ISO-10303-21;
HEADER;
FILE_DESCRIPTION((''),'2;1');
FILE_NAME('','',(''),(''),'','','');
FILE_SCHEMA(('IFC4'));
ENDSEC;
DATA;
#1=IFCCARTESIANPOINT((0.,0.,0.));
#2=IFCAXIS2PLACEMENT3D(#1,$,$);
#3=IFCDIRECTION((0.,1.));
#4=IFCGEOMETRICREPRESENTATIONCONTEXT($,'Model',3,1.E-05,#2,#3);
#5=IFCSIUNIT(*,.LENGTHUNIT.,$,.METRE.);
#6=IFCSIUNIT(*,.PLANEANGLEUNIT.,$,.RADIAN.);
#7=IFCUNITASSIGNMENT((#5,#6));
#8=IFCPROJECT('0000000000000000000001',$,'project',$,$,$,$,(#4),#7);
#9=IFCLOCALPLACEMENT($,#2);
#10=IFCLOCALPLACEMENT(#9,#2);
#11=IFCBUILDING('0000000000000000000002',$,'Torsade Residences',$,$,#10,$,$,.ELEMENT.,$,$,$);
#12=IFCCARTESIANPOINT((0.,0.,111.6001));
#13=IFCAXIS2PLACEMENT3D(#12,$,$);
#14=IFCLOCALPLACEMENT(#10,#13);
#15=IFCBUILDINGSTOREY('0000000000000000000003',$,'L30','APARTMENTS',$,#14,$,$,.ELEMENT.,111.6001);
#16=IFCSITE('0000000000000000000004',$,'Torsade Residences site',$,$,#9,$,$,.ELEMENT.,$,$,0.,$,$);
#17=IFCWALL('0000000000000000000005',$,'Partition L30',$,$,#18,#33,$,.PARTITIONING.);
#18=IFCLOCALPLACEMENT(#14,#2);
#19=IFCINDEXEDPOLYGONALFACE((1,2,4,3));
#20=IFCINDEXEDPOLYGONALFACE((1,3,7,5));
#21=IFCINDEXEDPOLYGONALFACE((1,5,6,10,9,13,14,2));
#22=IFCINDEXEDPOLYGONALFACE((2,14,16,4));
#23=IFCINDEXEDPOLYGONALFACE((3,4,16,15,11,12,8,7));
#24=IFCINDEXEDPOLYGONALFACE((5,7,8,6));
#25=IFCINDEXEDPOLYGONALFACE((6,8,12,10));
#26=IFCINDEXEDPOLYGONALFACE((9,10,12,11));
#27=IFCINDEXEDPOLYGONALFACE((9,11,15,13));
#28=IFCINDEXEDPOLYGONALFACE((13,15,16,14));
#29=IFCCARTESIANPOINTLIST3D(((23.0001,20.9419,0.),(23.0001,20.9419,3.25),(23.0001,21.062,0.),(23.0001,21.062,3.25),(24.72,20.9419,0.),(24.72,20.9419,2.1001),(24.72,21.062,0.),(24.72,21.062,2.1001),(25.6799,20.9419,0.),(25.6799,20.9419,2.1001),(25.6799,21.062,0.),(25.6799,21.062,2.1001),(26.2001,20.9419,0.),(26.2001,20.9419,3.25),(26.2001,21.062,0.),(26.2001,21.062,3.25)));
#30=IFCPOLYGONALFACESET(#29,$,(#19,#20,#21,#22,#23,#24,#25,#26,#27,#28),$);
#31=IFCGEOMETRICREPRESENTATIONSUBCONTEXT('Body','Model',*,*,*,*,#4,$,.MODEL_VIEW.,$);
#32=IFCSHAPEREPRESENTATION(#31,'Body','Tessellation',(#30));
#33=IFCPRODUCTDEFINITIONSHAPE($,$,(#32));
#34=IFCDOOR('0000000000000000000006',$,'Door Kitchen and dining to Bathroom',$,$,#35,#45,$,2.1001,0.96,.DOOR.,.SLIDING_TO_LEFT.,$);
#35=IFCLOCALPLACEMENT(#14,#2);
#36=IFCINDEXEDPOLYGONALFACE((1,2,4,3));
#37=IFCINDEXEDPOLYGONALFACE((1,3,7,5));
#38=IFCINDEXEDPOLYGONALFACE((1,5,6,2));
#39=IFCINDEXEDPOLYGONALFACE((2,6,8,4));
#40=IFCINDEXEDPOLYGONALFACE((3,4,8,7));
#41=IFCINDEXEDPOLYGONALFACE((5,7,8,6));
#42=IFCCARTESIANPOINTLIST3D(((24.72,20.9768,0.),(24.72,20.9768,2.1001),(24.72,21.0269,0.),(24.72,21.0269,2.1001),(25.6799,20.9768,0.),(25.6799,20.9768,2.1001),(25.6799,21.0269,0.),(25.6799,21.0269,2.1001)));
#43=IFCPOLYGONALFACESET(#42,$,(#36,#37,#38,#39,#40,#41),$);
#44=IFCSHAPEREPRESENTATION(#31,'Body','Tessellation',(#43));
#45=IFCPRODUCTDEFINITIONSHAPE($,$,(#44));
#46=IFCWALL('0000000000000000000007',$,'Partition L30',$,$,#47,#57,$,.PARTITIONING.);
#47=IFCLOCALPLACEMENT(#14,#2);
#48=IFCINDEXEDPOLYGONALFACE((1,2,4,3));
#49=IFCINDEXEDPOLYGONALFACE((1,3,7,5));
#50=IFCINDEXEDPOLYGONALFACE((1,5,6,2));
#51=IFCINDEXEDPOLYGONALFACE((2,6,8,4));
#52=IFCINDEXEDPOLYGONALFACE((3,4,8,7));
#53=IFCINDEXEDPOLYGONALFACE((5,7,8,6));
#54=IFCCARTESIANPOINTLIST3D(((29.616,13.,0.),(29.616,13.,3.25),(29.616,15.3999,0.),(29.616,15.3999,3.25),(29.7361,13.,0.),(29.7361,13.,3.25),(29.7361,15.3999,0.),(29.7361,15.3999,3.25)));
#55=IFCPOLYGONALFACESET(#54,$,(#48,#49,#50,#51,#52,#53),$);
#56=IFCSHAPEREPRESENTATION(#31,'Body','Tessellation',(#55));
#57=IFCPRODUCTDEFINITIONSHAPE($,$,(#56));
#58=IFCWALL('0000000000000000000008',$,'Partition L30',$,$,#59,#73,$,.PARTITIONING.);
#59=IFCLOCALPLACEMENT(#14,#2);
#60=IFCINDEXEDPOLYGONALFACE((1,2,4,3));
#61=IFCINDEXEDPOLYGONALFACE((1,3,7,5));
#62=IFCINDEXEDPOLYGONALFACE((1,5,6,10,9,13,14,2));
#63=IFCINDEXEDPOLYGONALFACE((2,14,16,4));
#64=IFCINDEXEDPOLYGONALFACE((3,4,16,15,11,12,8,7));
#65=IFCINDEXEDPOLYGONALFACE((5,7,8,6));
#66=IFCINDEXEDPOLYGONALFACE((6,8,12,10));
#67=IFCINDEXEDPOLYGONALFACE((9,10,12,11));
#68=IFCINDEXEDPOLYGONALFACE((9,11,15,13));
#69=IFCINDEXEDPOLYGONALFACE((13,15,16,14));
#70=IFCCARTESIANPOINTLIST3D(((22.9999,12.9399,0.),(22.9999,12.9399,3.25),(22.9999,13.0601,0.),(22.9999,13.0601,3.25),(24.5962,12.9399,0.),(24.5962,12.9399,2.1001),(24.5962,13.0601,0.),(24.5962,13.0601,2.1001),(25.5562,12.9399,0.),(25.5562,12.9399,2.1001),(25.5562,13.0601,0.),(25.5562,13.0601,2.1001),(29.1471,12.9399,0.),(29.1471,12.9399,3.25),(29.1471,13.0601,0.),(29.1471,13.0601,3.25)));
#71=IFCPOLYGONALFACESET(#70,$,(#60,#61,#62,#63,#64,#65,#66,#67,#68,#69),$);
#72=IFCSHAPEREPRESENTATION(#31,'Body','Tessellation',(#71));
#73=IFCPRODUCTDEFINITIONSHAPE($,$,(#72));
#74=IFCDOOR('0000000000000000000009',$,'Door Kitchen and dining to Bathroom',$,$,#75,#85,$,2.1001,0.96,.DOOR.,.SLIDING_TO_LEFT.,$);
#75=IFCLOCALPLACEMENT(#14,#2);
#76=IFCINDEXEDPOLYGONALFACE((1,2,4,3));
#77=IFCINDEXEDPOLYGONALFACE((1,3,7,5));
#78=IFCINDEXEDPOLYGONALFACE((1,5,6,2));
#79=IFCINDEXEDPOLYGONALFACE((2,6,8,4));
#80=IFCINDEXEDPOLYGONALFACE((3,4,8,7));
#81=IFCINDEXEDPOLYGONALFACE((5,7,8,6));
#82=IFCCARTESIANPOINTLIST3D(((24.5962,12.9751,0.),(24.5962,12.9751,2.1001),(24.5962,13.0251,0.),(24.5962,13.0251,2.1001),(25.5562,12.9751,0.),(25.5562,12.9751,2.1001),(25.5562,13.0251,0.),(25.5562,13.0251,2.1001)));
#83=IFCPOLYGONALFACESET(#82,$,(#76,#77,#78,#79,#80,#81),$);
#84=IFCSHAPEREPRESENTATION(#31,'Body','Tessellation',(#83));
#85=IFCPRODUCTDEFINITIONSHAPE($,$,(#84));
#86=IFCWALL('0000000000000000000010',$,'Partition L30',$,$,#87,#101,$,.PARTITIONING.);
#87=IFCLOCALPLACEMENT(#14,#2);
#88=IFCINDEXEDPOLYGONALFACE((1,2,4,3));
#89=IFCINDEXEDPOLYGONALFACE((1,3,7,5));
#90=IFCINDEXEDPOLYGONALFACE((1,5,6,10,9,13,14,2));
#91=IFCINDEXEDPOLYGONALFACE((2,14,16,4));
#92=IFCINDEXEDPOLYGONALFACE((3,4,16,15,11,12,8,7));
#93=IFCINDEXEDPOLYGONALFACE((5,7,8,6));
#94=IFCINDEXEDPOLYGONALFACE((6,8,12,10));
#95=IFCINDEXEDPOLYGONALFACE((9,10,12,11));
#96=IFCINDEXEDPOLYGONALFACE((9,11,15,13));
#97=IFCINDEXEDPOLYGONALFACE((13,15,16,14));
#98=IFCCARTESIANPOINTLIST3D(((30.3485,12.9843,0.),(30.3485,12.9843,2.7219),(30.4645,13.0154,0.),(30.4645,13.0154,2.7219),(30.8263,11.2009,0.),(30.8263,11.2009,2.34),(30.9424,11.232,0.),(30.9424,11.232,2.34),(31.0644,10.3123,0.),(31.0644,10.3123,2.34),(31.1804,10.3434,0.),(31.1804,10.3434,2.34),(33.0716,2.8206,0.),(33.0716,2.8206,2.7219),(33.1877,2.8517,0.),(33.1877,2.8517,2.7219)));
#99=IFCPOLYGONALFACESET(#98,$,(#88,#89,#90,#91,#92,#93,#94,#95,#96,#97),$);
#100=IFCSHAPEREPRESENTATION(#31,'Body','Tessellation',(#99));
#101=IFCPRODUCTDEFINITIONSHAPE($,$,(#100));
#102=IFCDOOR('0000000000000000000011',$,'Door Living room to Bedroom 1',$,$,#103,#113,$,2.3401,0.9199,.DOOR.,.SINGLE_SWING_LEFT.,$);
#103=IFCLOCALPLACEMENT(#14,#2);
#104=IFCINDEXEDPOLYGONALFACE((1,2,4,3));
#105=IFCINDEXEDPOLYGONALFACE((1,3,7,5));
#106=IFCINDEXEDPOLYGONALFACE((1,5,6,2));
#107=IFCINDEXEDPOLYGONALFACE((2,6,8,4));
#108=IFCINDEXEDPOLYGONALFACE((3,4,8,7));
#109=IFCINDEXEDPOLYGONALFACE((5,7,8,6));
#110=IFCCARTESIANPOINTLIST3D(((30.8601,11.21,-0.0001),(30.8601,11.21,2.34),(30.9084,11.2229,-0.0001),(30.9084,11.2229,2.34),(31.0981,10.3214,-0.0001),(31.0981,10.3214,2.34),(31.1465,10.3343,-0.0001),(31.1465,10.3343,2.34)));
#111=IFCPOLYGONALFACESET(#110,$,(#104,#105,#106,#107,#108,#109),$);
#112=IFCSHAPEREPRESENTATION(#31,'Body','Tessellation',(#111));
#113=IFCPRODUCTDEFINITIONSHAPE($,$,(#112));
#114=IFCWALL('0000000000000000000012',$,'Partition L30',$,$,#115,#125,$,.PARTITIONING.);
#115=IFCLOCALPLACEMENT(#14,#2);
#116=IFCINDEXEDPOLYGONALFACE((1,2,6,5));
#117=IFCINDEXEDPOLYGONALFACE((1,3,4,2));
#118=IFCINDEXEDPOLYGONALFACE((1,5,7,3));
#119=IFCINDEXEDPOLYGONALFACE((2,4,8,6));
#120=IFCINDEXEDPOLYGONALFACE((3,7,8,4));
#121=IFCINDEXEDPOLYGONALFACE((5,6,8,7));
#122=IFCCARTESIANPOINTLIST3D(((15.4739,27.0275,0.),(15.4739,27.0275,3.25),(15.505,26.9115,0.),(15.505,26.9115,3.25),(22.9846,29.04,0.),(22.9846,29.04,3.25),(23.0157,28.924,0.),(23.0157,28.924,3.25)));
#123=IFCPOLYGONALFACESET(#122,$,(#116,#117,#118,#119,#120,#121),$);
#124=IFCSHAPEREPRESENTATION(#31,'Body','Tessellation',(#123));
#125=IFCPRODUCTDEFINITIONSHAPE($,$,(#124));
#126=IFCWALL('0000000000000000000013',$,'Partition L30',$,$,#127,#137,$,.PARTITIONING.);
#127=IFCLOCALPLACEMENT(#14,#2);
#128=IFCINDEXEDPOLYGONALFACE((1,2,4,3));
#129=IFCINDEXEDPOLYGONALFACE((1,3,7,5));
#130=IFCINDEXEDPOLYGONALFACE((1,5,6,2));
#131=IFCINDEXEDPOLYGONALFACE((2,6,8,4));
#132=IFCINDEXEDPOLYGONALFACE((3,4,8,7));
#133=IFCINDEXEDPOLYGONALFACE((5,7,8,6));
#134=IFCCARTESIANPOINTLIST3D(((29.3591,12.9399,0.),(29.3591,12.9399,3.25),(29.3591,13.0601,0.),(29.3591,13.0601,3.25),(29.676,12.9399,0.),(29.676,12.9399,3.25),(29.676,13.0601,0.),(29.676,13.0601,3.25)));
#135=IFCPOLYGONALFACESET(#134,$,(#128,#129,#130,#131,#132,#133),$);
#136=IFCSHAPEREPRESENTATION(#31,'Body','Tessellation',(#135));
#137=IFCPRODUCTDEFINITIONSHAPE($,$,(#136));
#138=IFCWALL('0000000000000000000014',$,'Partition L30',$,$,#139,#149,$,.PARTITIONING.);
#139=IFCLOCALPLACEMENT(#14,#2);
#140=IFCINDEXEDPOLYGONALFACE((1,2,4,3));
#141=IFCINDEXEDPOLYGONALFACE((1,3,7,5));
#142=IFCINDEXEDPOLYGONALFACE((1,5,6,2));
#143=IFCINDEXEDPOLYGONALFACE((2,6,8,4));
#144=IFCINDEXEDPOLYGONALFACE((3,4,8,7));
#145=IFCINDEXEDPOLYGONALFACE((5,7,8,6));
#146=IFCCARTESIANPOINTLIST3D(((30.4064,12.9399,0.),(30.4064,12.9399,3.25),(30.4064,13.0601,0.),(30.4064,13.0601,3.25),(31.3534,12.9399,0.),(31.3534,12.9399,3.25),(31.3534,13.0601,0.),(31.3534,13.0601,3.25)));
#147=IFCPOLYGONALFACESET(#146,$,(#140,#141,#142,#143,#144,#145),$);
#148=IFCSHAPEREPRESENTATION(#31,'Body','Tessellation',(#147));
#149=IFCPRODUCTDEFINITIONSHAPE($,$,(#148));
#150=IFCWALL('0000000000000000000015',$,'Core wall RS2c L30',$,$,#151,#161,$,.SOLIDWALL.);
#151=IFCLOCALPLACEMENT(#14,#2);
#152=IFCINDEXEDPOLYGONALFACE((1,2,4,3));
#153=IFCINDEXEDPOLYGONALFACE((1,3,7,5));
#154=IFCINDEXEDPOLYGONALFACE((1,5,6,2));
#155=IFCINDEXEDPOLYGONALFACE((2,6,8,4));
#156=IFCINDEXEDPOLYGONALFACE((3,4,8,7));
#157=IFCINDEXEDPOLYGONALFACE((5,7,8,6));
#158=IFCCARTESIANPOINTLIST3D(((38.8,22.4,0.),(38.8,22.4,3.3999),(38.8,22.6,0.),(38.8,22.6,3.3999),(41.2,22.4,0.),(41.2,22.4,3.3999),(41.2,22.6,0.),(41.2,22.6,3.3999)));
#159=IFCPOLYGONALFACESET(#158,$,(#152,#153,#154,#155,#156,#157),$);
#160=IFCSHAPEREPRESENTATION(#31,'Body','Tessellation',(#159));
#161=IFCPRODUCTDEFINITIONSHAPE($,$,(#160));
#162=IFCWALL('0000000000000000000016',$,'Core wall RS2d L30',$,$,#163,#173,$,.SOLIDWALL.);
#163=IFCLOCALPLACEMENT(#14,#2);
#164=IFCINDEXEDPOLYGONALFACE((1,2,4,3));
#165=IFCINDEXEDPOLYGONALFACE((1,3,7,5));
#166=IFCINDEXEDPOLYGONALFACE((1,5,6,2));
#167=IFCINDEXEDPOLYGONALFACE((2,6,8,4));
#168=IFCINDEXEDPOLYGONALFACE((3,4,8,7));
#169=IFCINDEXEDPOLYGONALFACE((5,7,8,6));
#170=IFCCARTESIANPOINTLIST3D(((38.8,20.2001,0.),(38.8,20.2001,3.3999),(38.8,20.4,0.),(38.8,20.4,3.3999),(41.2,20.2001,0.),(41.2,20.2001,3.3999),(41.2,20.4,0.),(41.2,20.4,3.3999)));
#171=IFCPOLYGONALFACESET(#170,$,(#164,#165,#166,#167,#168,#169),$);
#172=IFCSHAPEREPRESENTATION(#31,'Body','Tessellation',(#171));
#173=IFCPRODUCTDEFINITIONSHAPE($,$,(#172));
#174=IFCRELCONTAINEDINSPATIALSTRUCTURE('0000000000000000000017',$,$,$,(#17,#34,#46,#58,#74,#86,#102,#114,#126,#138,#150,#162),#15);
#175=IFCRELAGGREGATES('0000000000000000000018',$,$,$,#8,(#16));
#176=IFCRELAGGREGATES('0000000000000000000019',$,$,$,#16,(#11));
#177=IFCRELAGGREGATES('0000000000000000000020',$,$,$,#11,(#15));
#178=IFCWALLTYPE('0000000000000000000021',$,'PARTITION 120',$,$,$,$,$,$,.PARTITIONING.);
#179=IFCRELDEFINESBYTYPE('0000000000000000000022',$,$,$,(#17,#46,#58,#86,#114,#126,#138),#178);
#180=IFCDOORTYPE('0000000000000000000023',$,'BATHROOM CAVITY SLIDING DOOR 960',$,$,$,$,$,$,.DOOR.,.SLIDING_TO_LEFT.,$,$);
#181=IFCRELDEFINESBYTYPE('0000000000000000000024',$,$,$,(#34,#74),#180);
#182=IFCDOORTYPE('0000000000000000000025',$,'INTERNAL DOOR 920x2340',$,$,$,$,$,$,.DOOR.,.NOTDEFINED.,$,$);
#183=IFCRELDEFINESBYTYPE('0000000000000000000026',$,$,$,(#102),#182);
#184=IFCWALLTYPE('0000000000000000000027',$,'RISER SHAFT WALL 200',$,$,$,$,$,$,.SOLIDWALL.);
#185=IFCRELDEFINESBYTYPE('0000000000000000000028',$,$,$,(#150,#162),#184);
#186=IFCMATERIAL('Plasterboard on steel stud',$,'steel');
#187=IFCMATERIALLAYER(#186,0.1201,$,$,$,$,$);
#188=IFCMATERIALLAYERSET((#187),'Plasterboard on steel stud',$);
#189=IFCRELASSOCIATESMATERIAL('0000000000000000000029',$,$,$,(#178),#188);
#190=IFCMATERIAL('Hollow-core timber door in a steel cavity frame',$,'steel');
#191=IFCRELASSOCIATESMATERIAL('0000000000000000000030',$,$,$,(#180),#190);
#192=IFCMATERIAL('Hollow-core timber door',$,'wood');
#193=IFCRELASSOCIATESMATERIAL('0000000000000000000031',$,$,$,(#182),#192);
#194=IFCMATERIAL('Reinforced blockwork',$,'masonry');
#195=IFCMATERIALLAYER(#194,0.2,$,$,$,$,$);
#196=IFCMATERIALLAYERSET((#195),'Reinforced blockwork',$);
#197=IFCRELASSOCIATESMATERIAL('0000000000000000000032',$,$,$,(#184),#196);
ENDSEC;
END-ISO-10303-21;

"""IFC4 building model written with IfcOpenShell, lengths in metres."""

from ifc_helpers import new_model, si_unit, direction, frame, frame_2d, origin, place, context, subcontext, project, spatial, rectangle, extrude, material, layer, layer_set, type_object, element, fill, save


model = new_model("IFC4")

# Units and contexts
model_context = context("Model", 3, precision=1e-05, world=origin(), true_north=direction((0.0, 1.0)))
body_context = subcontext(model_context, "Body", "Model", "MODEL_VIEW")
ifc_project = project(units=[si_unit("LENGTHUNIT", "METRE"), si_unit("PLANEANGLEUNIT", "RADIAN")], contexts=[model_context])

# Site, building, storey
site_placement = place(None, origin())
site = spatial("IfcSite", under=ifc_project, at=site_placement, Name="Torsade Residences site", CompositionType="ELEMENT", RefElevation=0.0)
building_placement = place(site_placement, origin())
building = spatial("IfcBuilding", under=site, at=building_placement, Name="Torsade Residences", CompositionType="ELEMENT")
storey_placement = place(building_placement, frame((0.0, 0.0, 111.6001)))
storey = spatial("IfcBuildingStorey", under=building, at=storey_placement, Name="L30", Description="APARTMENTS", CompositionType="ELEMENT", Elevation=111.6001)

# Wall, opening, door
ifc_material_1 = material(Name="Plasterboard on steel stud", Category="steel")
ifc_layer_1 = layer(ifc_material_1, 0.1201)
ifc_layer_set_1 = layer_set([ifc_layer_1], Name="Plasterboard on steel stud")
wall_type_1 = type_object("IfcWallType", Name="PARTITION 120", PredefinedType="PARTITIONING", material=ifc_layer_set_1)
wall_1_placement = place(storey_placement, frame((23.0, 21.002, 0.0), z_axis=(0.0, 0.0, 1.0), x_axis=(1.0, 0.0, 0.0)))
wall_1 = element("IfcWall", 1, at=wall_1_placement, inside=storey, type_object=wall_type_1, Name="Partition L30", PredefinedType="PARTITIONING", context=body_context, shape_type="SweptSolid", body=[
    extrude(rectangle(XDim=3.2, YDim=0.1201, at=frame_2d((1.6001, 0.0))), origin(), (0.0, 0.0, 1.0), 3.25),
])
opening_1_placement = place(wall_1_placement, frame((1.72, 0.0, 0.0)))
opening_1 = element("IfcOpeningElement", 2, at=opening_1_placement, cuts=wall_1, PredefinedType="OPENING", context=body_context, shape_type="SweptSolid", body=[
    extrude(rectangle(XDim=0.96, YDim=2.1001, at=frame_2d((0.48, 1.05))), frame((0.0, 0.0701, 0.0), z_axis=(0.0, -1.0, 0.0), x_axis=(1.0, 0.0, 0.0)), (0.0, 0.0, 1.0), 0.1401),
])
ifc_material_2 = material(Name="Hollow-core timber door in a steel cavity frame", Category="steel")
door_type_1 = type_object("IfcDoorType", Name="BATHROOM CAVITY SLIDING DOOR 960", OperationType="SLIDING_TO_LEFT", PredefinedType="DOOR", material=ifc_material_2)
door_1_placement = place(opening_1_placement, origin())
door_1 = element("IfcDoor", 3, at=door_1_placement, inside=storey, type_object=door_type_1, Name="Door Kitchen and dining to Bathroom", OperationType="SLIDING_TO_LEFT", OverallHeight=2.1001, OverallWidth=0.96, PredefinedType="DOOR", context=body_context, shape_type="SweptSolid", body=[
    extrude(rectangle(XDim=0.96, YDim=2.1001, at=frame_2d((0.48, 1.05))), frame((0.0, 0.0249, 0.0), z_axis=(0.0, -1.0, 0.0), x_axis=(1.0, 0.0, 0.0)), (0.0, 0.0, 1.0), 0.05),
])
fill(opening_1, door_1)

# Wall
wall_2_placement = place(storey_placement, frame((29.676, 15.3999, 0.0), z_axis=(0.0, 0.0, 1.0), x_axis=(0.0, -1.0, 0.0)))
element("IfcWall", 4, at=wall_2_placement, inside=storey, type_object=wall_type_1, Name="Partition L30", PredefinedType="PARTITIONING", context=body_context, shape_type="SweptSolid", body=[
    extrude(rectangle(XDim=2.3999, YDim=0.1201, at=frame_2d((1.2, 0.0))), origin(), (0.0, 0.0, 1.0), 3.25),
])

# Walls, openings, doors
wall_3_placement = place(storey_placement, frame((29.1472, 13.0, 0.0), z_axis=(0.0, 0.0, 1.0), x_axis=(-1.0, 0.0, 0.0)))
wall_3 = element("IfcWall", 5, at=wall_3_placement, inside=storey, type_object=wall_type_1, Name="Partition L30", PredefinedType="PARTITIONING", context=body_context, shape_type="SweptSolid", body=[
    extrude(rectangle(XDim=6.1472, YDim=0.1201, at=frame_2d((3.0737, 0.0))), origin(), (0.0, 0.0, 1.0), 3.25),
])
opening_2_placement = place(wall_3_placement, frame((3.5911, 0.0, 0.0)))
opening_2 = element("IfcOpeningElement", 6, at=opening_2_placement, cuts=wall_3, PredefinedType="OPENING", context=body_context, shape_type="SweptSolid", body=[
    extrude(rectangle(XDim=0.96, YDim=2.1001, at=frame_2d((0.48, 1.05))), frame((0.0, 0.0701, 0.0), z_axis=(0.0, -1.0, 0.0), x_axis=(1.0, 0.0, 0.0)), (0.0, 0.0, 1.0), 0.1401),
])
door_2_placement = place(opening_2_placement, origin())
door_2 = element("IfcDoor", 7, at=door_2_placement, inside=storey, type_object=door_type_1, Name="Door Kitchen and dining to Bathroom", OperationType="SLIDING_TO_LEFT", OverallHeight=2.1001, OverallWidth=0.96, PredefinedType="DOOR", context=body_context, shape_type="SweptSolid", body=[
    extrude(rectangle(XDim=0.96, YDim=2.1001, at=frame_2d((0.48, 1.05))), frame((0.0, 0.0249, 0.0), z_axis=(0.0, -1.0, 0.0), x_axis=(1.0, 0.0, 0.0)), (0.0, 0.0, 1.0), 0.05),
])
fill(opening_2, door_2)
wall_4_placement = place(storey_placement, frame((30.4065, 13.0, 0.0), z_axis=(0.0, 0.0, 1.0), x_axis=(0.258798, -0.965932, 0.0)))
wall_4 = element("IfcWall", 8, at=wall_4_placement, inside=storey, type_object=wall_type_1, Name="Partition L30", PredefinedType="PARTITIONING", context=body_context, shape_type="SweptSolid", body=[
    extrude(rectangle(XDim=10.5222, YDim=0.1201, at=frame_2d((5.2612, 0.0))), origin(), (0.0, 0.0, 1.0), 2.7219),
])
opening_3_placement = place(wall_4_placement, frame((1.8464, 0.0, 0.0)))
opening_3 = element("IfcOpeningElement", 9, at=opening_3_placement, cuts=wall_4, PredefinedType="OPENING", context=body_context, shape_type="SweptSolid", body=[
    extrude(rectangle(XDim=0.9199, YDim=2.3401, at=frame_2d((0.46, 1.1699))), frame((0.0, 0.0701, 0.0), z_axis=(0.0, -1.0, 0.0), x_axis=(1.0, 0.0, 0.0)), (0.0, 0.0, 1.0), 0.1401),
])
ifc_material_3 = material(Name="Hollow-core timber door", Category="wood")
door_type_2 = type_object("IfcDoorType", Name="INTERNAL DOOR 920x2340", OperationType="NOTDEFINED", PredefinedType="DOOR", material=ifc_material_3)
door_3_placement = place(opening_3_placement, origin())
door_3 = element("IfcDoor", 10, at=door_3_placement, inside=storey, type_object=door_type_2, Name="Door Living room to Bedroom 1", OperationType="SINGLE_SWING_LEFT", OverallHeight=2.3401, OverallWidth=0.9199, PredefinedType="DOOR", context=body_context, shape_type="SweptSolid", body=[
    extrude(rectangle(XDim=0.9199, YDim=2.3401, at=frame_2d((0.46, 1.1699))), frame((0.0, 0.0249, 0.0), z_axis=(0.0, -1.0, 0.0), x_axis=(1.0, 0.0, 0.0)), (0.0, 0.0, 1.0), 0.05),
])
fill(opening_3, door_3)

# Walls
wall_5_placement = place(storey_placement, frame((23.0, 28.9819, 0.0), z_axis=(0.0, 0.0, 1.0), x_axis=(-0.965927, -0.258814, 0.0)))
element("IfcWall", 11, at=wall_5_placement, inside=storey, type_object=wall_type_1, Name="Partition L30", PredefinedType="PARTITIONING", context=body_context, shape_type="SweptSolid", body=[
    extrude(rectangle(XDim=7.7756, YDim=0.1201, at=frame_2d((3.8877, 0.0))), origin(), (0.0, 0.0, 1.0), 3.25),
])
wall_6_placement = place(storey_placement, frame((29.676, 13.0, 0.0), z_axis=(0.0, 0.0, 1.0), x_axis=(-1.0, 0.0, 0.0)))
element("IfcWall", 12, at=wall_6_placement, inside=storey, type_object=wall_type_1, Name="Partition L30", PredefinedType="PARTITIONING", context=body_context, shape_type="SweptSolid", body=[
    extrude(rectangle(XDim=0.3169, YDim=0.1201, at=frame_2d((0.1584, 0.0))), origin(), (0.0, 0.0, 1.0), 3.25),
])
wall_7_placement = place(storey_placement, frame((31.3535, 13.0, 0.0), z_axis=(0.0, 0.0, 1.0), x_axis=(-1.0, 0.0, 0.0)))
element("IfcWall", 13, at=wall_7_placement, inside=storey, type_object=wall_type_1, Name="Partition L30", PredefinedType="PARTITIONING", context=body_context, shape_type="SweptSolid", body=[
    extrude(rectangle(XDim=0.947, YDim=0.1201, at=frame_2d((0.4736, 0.0))), origin(), (0.0, 0.0, 1.0), 3.25),
])
ifc_material_4 = material(Name="Reinforced blockwork", Category="masonry")
ifc_layer_2 = layer(ifc_material_4, 0.2)
ifc_layer_set_2 = layer_set([ifc_layer_2], Name="Reinforced blockwork")
wall_type_2 = type_object("IfcWallType", Name="RISER SHAFT WALL 200", PredefinedType="SOLIDWALL", material=ifc_layer_set_2)
for number, where, z_axis, x_axis, name in (
    (14, (38.8, 22.5, 0.0), (0.0, 0.0, 1.0), (1.0, 0.0, 0.0), "Core wall RS2c L30"),
    (15, (38.8, 20.3, 0.0), (0.0, 0.0, 1.0), (1.0, 0.0, 0.0), "Core wall RS2d L30"),
):
    element("IfcWall", number, at=place(storey_placement, frame(where, z_axis=z_axis, x_axis=x_axis)), inside=storey, type_object=wall_type_2, Name=name, PredefinedType="SOLIDWALL", context=body_context, shape_type="SweptSolid", body=[
        extrude(rectangle(XDim=2.3999, YDim=0.2, at=frame_2d((1.2, 0.0))), origin(), (0.0, 0.0, 1.0), 3.3999),
    ])

save(model, "model.ifc")
